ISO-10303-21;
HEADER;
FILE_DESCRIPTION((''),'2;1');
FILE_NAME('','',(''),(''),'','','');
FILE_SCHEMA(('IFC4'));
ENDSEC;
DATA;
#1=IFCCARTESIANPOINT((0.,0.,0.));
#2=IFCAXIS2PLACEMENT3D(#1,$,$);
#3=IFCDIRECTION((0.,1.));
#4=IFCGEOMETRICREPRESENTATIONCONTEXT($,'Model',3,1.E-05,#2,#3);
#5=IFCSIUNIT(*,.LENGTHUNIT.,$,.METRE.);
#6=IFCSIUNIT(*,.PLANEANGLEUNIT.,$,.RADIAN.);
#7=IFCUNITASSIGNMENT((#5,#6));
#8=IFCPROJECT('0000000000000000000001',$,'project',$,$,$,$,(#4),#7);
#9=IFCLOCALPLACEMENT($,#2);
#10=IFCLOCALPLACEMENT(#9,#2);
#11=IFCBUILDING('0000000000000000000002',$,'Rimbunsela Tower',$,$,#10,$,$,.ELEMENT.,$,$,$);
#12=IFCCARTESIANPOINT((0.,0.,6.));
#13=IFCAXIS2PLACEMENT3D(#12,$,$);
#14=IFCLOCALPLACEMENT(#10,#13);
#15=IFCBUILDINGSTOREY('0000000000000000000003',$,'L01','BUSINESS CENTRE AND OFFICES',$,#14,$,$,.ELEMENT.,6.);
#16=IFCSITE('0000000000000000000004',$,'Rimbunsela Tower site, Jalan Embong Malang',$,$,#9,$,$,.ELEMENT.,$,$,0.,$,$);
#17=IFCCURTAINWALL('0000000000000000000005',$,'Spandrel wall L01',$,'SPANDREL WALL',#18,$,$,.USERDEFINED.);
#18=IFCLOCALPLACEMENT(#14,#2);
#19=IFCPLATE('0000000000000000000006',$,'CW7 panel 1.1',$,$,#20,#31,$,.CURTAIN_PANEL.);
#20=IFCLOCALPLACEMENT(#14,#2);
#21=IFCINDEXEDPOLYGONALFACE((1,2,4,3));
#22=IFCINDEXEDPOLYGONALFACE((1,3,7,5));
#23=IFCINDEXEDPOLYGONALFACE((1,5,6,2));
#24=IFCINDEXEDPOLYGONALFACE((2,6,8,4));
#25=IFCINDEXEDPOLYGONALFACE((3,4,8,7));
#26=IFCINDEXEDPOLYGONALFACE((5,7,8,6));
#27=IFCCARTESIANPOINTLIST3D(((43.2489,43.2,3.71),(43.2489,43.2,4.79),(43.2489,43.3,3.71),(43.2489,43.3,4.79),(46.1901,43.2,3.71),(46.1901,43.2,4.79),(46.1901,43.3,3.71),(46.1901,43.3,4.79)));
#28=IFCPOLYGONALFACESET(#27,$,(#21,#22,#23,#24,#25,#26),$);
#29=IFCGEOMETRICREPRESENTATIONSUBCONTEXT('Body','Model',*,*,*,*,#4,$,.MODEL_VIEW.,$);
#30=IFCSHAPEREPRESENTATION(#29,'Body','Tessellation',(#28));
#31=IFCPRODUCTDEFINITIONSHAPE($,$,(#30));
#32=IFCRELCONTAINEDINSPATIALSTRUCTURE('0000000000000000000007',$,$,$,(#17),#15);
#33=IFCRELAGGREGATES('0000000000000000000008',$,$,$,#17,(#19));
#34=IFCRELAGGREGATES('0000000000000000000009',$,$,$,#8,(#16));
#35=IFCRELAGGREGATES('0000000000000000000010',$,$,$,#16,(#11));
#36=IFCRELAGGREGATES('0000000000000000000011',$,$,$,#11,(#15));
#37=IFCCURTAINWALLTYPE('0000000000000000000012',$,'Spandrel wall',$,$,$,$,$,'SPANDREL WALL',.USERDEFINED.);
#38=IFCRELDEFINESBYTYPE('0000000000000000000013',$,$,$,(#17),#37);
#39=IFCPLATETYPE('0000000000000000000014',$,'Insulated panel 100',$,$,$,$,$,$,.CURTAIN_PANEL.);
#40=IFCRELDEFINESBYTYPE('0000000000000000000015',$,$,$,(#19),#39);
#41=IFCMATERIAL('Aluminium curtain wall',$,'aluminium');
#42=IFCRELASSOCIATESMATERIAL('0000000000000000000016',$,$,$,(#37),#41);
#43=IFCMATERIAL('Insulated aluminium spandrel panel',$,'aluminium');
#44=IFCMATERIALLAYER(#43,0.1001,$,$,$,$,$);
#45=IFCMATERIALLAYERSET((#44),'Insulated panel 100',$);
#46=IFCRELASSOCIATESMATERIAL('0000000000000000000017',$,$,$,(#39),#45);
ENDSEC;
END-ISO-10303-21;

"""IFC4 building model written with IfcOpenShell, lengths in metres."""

from ifc_helpers import new_model, si_unit, direction, frame, origin, origin_2d, place, context, subcontext, project, spatial, rectangle, extrude, material, layer, layer_set, type_object, element, aggregate, save


model = new_model("IFC4")

# Units and contexts
model_context = context("Model", 3, precision=1e-05, world=origin(), true_north=direction((0.0, 1.0)))
body_context = subcontext(model_context, "Body", "Model", "MODEL_VIEW")
ifc_project = project(units=[si_unit("LENGTHUNIT", "METRE"), si_unit("PLANEANGLEUNIT", "RADIAN")], contexts=[model_context])

# Site, building, storey
site_placement = place(None, origin())
site = spatial("IfcSite", under=ifc_project, at=site_placement, Name="Rimbunsela Tower site, Jalan Embong Malang", CompositionType="ELEMENT", RefElevation=0.0)
building_placement = place(site_placement, origin())
building = spatial("IfcBuilding", under=site, at=building_placement, Name="Rimbunsela Tower", CompositionType="ELEMENT")
storey_placement = place(building_placement, frame((0.0, 0.0, 6.0)))
storey = spatial("IfcBuildingStorey", under=building, at=storey_placement, Name="L01", Description="BUSINESS CENTRE AND OFFICES", CompositionType="ELEMENT", Elevation=6.0)

# Shared definitions
ifc_material_1 = material(Name="Aluminium curtain wall", Category="aluminium")
curtain_wall_type_1 = type_object("IfcCurtainWallType", Name="Spandrel wall", ElementType="SPANDREL WALL", PredefinedType="USERDEFINED", material=ifc_material_1)

# Curtain wall
curtain_wall_1_placement = place(storey_placement, origin())
curtain_wall_1 = element("IfcCurtainWall", 1, at=curtain_wall_1_placement, inside=storey, type_object=curtain_wall_type_1, Name="Spandrel wall L01", ObjectType="SPANDREL WALL", PredefinedType="USERDEFINED")

# Plate
ifc_material_2 = material(Name="Insulated aluminium spandrel panel", Category="aluminium")
ifc_layer_1 = layer(ifc_material_2, 0.1001)
ifc_layer_set_1 = layer_set([ifc_layer_1], Name="Insulated panel 100")
plate_type_1 = type_object("IfcPlateType", Name="Insulated panel 100", PredefinedType="CURTAIN_PANEL", material=ifc_layer_set_1)
plate_1_placement = place(storey_placement, frame((44.7195, 43.25, 3.71), z_axis=(0.0, 0.0, 1.0), x_axis=(-1.0, 0.0, 0.0)))
plate_1 = element("IfcPlate", 2, at=plate_1_placement, type_object=plate_type_1, Name="CW7 panel 1.1", PredefinedType="CURTAIN_PANEL", context=body_context, shape_type="SweptSolid", body=[
    extrude(rectangle(XDim=2.9412, YDim=0.1001, at=origin_2d()), origin(), (0.0, 0.0, 1.0), 1.0801),
])
aggregate(curtain_wall_1, [plate_1])

save(model, "model.ifc")
